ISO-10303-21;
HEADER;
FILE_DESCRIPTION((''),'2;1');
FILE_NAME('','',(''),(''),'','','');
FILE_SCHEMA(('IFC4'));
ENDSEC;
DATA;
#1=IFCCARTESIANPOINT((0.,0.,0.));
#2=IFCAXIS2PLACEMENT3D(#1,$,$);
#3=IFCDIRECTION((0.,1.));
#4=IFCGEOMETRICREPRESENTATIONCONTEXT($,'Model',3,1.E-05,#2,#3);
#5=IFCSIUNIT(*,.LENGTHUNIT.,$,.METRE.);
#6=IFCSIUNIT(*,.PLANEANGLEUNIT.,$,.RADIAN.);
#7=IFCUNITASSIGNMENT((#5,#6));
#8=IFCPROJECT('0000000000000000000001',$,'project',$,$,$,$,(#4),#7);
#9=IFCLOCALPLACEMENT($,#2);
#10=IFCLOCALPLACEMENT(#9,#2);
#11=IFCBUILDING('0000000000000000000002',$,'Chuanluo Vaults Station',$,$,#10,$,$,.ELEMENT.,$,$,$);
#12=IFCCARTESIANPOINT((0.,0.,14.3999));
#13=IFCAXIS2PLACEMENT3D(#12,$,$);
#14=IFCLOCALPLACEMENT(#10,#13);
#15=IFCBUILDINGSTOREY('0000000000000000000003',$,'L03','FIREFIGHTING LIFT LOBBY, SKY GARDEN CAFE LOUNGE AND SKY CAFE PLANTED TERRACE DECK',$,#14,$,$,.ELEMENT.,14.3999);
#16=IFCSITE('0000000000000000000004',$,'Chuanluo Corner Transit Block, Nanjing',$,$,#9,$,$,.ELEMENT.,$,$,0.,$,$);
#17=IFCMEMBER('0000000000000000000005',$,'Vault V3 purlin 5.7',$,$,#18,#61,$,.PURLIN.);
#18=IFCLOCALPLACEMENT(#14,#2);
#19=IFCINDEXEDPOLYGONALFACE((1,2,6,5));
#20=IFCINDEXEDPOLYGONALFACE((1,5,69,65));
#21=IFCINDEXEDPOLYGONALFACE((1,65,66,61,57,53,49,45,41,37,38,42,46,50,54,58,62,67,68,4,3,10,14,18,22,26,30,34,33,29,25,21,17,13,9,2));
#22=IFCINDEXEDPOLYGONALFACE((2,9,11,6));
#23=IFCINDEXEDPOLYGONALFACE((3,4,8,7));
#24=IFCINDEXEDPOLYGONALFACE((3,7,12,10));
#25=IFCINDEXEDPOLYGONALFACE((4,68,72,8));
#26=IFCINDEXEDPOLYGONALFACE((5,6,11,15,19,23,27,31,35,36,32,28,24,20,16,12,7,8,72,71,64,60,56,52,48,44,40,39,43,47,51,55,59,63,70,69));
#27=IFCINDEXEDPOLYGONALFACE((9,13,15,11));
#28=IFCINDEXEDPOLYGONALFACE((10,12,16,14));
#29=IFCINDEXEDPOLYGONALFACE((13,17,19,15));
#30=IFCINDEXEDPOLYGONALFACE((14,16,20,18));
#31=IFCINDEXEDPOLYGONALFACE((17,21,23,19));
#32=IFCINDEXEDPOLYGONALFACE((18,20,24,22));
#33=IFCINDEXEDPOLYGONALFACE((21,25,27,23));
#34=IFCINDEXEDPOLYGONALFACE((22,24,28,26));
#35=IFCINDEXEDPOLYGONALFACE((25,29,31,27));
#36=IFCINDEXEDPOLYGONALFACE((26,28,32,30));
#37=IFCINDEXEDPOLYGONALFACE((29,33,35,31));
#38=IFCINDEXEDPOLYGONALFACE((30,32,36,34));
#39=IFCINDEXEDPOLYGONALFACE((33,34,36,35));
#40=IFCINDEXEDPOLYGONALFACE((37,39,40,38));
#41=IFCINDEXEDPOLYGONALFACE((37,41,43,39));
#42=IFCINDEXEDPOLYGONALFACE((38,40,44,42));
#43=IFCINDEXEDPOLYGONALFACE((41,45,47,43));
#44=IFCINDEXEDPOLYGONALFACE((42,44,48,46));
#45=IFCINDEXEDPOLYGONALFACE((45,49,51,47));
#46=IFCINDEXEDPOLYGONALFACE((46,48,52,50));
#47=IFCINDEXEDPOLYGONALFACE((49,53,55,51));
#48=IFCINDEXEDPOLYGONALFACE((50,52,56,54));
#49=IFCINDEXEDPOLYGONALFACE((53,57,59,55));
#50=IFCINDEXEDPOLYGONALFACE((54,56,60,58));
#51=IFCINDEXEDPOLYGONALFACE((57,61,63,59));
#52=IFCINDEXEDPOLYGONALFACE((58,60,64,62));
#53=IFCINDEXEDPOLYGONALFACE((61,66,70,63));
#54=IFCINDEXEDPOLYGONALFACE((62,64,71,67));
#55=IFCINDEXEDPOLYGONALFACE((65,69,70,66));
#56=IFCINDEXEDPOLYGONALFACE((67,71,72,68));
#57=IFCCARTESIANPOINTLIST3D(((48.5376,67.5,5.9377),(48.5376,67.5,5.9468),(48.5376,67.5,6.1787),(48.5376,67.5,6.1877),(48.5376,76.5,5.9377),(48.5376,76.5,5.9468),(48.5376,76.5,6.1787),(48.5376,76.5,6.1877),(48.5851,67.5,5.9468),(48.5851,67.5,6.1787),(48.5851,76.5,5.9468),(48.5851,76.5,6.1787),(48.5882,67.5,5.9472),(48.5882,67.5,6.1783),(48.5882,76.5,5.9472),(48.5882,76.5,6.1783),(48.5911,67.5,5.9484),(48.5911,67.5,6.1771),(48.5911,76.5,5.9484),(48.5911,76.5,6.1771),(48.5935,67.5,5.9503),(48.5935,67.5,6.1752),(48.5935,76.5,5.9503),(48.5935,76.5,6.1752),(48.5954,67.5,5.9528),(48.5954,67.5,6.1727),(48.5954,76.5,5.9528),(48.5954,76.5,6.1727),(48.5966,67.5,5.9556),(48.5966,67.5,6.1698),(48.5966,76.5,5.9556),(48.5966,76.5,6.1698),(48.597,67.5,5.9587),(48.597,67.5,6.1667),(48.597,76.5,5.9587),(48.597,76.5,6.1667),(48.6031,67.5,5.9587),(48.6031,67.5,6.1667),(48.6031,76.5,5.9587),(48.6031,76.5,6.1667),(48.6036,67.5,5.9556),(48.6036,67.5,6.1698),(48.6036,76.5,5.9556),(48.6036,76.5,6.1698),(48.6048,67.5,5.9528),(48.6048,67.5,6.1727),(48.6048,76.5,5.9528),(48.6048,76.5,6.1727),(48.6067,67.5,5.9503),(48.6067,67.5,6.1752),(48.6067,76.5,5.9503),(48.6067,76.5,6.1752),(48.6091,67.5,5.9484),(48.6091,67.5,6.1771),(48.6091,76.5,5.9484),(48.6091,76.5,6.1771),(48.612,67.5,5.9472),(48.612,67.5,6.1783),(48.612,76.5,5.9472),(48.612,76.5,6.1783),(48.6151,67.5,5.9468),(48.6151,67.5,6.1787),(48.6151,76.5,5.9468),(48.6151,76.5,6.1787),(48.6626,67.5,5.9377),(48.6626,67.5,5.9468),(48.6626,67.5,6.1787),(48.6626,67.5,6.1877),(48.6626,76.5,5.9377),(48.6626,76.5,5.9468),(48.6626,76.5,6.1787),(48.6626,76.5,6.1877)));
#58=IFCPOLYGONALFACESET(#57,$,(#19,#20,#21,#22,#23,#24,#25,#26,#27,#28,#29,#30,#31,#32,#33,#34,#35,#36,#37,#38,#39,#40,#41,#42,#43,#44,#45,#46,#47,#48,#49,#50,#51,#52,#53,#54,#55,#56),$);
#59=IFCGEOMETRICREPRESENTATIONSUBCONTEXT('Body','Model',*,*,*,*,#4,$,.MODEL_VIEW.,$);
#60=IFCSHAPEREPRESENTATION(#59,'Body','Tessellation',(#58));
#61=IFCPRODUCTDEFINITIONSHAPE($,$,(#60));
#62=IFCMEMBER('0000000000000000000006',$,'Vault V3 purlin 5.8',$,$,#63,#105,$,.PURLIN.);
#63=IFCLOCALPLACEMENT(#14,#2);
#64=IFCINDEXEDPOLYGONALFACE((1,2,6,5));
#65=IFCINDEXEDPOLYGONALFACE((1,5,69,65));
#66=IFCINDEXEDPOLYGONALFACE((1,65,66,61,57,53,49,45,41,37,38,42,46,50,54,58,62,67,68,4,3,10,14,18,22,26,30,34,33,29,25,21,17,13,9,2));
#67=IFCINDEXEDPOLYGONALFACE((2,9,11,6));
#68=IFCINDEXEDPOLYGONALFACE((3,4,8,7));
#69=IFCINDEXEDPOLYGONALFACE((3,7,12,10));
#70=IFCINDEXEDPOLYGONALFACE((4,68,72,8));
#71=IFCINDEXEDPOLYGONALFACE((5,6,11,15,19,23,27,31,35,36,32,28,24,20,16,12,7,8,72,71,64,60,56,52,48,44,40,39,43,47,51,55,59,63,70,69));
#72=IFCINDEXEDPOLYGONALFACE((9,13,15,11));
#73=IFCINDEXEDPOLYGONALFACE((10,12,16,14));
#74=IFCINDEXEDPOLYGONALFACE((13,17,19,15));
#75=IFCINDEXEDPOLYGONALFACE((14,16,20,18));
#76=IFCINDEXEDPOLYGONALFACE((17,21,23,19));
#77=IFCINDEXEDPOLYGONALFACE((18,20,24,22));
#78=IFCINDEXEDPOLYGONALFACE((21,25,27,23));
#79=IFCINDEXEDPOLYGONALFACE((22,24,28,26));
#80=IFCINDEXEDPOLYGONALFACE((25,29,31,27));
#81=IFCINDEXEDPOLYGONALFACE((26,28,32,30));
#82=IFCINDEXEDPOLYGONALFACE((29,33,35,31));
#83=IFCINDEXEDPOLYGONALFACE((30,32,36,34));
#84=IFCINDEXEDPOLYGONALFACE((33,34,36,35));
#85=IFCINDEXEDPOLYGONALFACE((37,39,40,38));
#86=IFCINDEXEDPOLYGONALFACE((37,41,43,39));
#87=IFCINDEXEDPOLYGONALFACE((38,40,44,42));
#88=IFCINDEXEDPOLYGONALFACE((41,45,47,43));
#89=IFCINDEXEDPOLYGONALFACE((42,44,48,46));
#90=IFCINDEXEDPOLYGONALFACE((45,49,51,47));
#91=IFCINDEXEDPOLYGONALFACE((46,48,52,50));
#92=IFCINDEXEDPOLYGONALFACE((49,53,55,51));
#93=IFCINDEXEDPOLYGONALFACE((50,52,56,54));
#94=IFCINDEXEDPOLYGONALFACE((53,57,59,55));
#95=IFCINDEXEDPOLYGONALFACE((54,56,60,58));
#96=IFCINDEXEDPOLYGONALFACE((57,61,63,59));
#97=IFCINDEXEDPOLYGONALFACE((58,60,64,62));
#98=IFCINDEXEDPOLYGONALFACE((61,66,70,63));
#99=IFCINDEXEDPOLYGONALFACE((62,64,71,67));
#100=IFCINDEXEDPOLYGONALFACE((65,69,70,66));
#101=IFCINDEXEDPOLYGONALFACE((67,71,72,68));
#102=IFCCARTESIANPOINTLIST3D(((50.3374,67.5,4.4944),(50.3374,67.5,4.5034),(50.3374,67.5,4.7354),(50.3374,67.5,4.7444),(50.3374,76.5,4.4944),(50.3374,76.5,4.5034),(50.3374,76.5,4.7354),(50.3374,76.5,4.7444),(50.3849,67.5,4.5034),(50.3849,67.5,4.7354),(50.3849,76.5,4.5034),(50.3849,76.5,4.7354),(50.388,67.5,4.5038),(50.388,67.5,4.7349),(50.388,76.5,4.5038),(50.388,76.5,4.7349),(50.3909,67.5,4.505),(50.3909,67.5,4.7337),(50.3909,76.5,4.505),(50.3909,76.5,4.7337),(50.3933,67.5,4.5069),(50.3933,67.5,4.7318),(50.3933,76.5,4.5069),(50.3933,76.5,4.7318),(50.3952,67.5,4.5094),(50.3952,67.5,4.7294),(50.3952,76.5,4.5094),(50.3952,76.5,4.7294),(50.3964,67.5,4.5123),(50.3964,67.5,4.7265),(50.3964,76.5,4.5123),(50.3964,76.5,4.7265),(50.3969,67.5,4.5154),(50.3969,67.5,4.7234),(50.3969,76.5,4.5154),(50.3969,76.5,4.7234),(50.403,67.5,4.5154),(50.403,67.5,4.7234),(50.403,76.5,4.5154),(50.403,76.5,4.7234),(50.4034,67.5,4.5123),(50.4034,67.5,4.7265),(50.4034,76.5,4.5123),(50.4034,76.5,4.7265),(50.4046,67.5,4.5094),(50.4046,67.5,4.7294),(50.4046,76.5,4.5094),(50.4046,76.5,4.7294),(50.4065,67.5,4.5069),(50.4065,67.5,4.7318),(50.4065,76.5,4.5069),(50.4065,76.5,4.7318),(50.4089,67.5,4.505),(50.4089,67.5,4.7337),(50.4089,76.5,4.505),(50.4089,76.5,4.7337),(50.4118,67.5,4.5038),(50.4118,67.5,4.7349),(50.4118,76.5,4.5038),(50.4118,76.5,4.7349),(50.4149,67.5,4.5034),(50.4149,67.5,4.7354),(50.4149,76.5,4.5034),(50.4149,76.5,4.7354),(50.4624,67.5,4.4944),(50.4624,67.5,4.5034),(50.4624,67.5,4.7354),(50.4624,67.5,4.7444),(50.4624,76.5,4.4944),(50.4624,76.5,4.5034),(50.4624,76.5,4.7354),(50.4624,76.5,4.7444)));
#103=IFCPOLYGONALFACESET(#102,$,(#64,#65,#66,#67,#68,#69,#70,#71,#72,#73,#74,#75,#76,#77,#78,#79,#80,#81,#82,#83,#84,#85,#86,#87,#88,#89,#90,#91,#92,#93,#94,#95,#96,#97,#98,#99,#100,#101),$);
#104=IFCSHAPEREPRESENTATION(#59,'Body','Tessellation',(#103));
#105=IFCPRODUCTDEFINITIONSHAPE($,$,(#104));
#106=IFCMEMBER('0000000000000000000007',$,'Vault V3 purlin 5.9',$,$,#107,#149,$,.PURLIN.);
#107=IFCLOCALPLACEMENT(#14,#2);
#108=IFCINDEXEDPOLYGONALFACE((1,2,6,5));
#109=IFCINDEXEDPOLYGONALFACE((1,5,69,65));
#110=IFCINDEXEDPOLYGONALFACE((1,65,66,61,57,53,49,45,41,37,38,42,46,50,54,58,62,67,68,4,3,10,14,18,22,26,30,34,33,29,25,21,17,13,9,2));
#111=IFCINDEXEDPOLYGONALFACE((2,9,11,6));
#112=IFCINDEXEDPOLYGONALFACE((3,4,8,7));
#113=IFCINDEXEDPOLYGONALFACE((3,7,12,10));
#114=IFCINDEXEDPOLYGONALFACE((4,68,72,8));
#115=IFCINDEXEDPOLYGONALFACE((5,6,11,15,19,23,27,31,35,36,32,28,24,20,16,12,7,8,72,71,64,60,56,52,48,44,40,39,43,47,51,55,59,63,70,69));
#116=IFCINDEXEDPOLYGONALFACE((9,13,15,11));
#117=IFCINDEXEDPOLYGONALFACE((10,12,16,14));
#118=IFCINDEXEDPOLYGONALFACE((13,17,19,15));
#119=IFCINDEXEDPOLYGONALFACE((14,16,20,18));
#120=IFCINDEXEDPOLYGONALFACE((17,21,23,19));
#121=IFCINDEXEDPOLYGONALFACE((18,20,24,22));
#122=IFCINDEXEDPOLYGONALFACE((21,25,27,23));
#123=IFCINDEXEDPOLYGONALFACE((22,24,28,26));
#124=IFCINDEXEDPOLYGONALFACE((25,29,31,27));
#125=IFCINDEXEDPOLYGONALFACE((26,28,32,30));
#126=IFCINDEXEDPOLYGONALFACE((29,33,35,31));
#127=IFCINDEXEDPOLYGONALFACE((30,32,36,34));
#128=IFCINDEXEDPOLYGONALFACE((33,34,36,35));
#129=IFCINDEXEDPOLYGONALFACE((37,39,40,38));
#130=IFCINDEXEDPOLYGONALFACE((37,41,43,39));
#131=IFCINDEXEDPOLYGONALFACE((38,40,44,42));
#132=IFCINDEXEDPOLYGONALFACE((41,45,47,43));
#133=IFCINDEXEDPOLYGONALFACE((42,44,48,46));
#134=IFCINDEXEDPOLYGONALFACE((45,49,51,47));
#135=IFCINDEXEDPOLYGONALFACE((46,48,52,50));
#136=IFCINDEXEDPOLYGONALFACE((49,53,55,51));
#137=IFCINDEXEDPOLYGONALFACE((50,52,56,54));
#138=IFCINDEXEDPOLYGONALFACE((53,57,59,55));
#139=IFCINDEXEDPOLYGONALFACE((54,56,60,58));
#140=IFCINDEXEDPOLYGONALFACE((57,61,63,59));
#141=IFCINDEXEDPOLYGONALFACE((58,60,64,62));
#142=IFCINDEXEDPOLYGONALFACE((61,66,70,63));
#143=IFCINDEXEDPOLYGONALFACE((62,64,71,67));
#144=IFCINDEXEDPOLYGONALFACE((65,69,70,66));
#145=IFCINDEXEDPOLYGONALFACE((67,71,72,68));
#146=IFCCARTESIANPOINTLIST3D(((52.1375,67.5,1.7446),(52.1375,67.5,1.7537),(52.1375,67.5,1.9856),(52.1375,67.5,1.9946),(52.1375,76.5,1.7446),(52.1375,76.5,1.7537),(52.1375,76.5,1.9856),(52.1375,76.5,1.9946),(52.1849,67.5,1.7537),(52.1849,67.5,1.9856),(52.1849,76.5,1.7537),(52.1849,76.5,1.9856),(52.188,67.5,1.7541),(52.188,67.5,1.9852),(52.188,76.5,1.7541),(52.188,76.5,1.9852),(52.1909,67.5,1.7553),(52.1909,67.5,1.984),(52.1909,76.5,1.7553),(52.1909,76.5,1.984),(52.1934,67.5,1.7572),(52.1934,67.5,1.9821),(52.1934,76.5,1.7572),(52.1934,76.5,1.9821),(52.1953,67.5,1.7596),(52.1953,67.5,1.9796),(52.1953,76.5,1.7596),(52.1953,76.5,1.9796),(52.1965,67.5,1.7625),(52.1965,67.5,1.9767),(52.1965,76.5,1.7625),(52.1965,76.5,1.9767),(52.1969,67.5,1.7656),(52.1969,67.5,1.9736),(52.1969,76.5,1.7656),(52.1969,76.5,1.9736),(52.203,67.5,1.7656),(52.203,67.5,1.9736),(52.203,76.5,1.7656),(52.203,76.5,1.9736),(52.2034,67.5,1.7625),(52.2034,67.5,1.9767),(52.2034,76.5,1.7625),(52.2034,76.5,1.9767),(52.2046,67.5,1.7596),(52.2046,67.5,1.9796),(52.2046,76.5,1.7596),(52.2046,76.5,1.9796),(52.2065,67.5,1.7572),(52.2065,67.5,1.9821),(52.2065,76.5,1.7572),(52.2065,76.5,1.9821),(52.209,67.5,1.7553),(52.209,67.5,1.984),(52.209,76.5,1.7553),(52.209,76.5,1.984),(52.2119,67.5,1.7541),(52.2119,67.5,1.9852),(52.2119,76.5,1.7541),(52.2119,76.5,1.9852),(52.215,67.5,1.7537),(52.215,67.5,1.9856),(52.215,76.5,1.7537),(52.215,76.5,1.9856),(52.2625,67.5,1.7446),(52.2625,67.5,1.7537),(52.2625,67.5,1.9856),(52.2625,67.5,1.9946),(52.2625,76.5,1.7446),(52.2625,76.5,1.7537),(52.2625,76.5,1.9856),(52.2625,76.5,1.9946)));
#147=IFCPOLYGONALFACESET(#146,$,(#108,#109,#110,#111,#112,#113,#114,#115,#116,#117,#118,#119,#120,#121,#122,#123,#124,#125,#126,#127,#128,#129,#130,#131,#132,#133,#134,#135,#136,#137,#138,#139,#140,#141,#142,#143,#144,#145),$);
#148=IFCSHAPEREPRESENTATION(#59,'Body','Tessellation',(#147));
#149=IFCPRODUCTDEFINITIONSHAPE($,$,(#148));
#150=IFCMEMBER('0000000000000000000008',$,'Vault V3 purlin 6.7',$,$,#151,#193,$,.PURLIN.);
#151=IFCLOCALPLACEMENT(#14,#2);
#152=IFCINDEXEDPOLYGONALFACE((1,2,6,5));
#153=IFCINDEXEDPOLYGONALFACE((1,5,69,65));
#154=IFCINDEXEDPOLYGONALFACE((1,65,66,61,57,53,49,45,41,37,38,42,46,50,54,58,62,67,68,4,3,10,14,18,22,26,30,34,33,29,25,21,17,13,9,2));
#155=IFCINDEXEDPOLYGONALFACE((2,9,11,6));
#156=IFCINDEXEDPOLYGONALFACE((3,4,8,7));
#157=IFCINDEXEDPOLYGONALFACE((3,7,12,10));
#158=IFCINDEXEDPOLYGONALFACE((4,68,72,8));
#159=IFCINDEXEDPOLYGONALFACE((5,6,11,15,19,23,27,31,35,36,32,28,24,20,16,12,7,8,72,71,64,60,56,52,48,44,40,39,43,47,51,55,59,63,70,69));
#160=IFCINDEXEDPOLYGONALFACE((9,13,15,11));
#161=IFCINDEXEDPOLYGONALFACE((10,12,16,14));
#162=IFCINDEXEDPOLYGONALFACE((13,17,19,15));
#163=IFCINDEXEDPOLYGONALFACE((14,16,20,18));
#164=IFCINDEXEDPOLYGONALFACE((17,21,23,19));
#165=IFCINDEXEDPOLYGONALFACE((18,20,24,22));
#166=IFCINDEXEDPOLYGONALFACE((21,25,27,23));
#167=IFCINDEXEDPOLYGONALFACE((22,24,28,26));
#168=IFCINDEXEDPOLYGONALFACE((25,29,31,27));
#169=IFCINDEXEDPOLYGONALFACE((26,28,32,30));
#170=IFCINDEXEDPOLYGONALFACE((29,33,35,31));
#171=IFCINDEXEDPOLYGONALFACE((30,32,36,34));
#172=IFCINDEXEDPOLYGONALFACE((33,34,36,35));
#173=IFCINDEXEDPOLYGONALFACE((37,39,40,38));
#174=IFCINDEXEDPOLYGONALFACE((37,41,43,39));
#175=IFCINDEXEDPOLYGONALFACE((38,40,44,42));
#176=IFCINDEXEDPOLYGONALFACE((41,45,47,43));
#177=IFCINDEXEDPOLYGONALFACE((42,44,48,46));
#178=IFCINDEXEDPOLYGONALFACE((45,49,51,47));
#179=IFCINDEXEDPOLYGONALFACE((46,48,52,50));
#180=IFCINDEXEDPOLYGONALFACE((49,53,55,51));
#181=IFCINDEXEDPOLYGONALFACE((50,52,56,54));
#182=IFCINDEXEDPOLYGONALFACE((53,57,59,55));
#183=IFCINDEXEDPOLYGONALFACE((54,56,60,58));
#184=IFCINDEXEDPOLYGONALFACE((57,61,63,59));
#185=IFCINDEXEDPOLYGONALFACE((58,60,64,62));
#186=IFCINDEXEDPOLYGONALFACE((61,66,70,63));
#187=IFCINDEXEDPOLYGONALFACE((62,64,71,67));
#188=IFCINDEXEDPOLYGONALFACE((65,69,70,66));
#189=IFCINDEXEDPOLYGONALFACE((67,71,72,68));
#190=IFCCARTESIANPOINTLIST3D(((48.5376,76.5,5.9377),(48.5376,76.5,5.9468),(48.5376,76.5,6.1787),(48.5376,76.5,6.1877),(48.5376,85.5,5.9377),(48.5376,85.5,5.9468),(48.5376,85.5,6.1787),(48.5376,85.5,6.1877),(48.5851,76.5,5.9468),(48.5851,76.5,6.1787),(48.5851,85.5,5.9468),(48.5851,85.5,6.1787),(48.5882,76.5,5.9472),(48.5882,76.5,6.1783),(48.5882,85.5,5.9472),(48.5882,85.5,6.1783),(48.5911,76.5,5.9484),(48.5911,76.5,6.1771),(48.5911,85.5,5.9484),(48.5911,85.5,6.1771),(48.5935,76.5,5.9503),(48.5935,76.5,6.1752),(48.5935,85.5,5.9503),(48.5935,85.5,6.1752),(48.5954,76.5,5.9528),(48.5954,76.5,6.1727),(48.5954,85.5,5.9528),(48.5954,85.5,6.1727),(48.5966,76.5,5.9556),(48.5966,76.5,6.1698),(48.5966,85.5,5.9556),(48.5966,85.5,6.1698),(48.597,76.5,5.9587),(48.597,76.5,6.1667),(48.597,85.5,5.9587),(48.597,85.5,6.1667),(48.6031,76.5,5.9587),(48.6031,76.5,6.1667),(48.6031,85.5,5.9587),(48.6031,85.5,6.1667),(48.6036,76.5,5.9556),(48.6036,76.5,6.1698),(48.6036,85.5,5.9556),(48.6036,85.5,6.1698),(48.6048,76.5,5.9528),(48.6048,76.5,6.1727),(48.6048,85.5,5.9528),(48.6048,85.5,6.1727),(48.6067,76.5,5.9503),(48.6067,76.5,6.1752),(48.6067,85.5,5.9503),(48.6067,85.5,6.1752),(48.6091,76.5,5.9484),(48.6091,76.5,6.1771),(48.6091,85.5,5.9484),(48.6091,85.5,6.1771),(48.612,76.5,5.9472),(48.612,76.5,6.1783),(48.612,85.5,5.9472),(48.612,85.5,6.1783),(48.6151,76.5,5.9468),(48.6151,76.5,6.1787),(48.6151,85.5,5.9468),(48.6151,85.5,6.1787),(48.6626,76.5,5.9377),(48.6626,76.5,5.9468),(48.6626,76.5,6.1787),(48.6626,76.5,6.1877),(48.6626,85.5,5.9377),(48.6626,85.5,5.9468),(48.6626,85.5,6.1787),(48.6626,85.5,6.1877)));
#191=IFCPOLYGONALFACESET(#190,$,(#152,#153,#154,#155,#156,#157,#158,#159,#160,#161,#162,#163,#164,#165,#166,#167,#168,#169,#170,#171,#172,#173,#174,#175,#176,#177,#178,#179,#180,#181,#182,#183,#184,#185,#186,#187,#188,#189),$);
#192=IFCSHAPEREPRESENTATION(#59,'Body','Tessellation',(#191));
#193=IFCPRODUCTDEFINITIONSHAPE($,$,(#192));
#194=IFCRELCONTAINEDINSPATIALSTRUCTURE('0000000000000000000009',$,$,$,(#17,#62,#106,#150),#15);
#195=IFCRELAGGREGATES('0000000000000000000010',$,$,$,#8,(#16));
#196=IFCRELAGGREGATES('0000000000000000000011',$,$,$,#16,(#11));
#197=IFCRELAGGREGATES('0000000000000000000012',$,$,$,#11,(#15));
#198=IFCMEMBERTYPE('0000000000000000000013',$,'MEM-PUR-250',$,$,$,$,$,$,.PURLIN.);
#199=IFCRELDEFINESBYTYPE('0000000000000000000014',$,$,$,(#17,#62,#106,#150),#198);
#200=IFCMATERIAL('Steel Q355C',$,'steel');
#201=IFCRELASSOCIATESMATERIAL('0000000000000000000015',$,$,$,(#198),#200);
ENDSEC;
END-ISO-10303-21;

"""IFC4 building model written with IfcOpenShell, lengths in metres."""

from ifc_helpers import new_model, si_unit, direction, frame, origin, origin_2d, place, context, subcontext, project, spatial, i_section, extrude, material, material_profile, profile_set, type_object, element, save


model = new_model("IFC4")

# Units and contexts
model_context = context("Model", 3, precision=1e-05, world=origin(), true_north=direction((0.0, 1.0)))
body_context = subcontext(model_context, "Body", "Model", "MODEL_VIEW")
ifc_project = project(units=[si_unit("LENGTHUNIT", "METRE"), si_unit("PLANEANGLEUNIT", "RADIAN")], contexts=[model_context])

# Site, building, storey
site_placement = place(None, origin())
site = spatial("IfcSite", under=ifc_project, at=site_placement, Name="Chuanluo Corner Transit Block, Nanjing", CompositionType="ELEMENT", RefElevation=0.0)
building_placement = place(site_placement, origin())
building = spatial("IfcBuilding", under=site, at=building_placement, Name="Chuanluo Vaults Station", CompositionType="ELEMENT")
storey_placement = place(building_placement, frame((0.0, 0.0, 14.3999)))
storey = spatial("IfcBuildingStorey", under=building, at=storey_placement, Name="L03", Description="FIREFIGHTING LIFT LOBBY, SKY GARDEN CAFE LOUNGE AND SKY CAFE PLANTED TERRACE DECK", CompositionType="ELEMENT", Elevation=14.3999)

# Members
ifc_material_1 = material(Name="Steel Q355C", Category="steel")
ifc_material_profile_1 = material_profile(ifc_material_1, i_section(OverallWidth=0.125, OverallDepth=0.25, WebThickness=0.0061, FlangeThickness=0.009, FilletRadius=0.012, at=origin_2d()))
ifc_profile_set_1 = profile_set([ifc_material_profile_1], Name="Steel Q355C")
member_type_1 = type_object("IfcMemberType", Name="MEM-PUR-250", PredefinedType="PURLIN", material=ifc_profile_set_1)
for number, where, z_axis, x_axis, name in (
    (1, (48.6001, 67.5, 6.0627), (0.0, 1.0, 0.0), (-1.0, 0.0, 0.0), "Vault V3 purlin 5.7"),
    (2, (50.3999, 67.5, 4.6194), (0.0, 1.0, 0.0), (-1.0, 0.0, 0.0), "Vault V3 purlin 5.8"),
    (3, (52.2, 67.5, 1.8696), (0.0, 1.0, 0.0), (-1.0, 0.0, 0.0), "Vault V3 purlin 5.9"),
    (4, (48.6001, 76.5, 6.0627), (0.0, 1.0, 0.0), (-1.0, 0.0, 0.0), "Vault V3 purlin 6.7"),
):
    element("IfcMember", number, at=place(storey_placement, frame(where, z_axis=z_axis, x_axis=x_axis)), inside=storey, type_object=member_type_1, Name=name, PredefinedType="PURLIN", context=body_context, shape_type="SweptSolid", body=[
        extrude(i_section(OverallWidth=0.125, OverallDepth=0.25, WebThickness=0.0061, FlangeThickness=0.009, FilletRadius=0.012, at=origin_2d()), origin(), (0.0, 0.0, 1.0), 9.0),
    ])

save(model, "model.ifc")
